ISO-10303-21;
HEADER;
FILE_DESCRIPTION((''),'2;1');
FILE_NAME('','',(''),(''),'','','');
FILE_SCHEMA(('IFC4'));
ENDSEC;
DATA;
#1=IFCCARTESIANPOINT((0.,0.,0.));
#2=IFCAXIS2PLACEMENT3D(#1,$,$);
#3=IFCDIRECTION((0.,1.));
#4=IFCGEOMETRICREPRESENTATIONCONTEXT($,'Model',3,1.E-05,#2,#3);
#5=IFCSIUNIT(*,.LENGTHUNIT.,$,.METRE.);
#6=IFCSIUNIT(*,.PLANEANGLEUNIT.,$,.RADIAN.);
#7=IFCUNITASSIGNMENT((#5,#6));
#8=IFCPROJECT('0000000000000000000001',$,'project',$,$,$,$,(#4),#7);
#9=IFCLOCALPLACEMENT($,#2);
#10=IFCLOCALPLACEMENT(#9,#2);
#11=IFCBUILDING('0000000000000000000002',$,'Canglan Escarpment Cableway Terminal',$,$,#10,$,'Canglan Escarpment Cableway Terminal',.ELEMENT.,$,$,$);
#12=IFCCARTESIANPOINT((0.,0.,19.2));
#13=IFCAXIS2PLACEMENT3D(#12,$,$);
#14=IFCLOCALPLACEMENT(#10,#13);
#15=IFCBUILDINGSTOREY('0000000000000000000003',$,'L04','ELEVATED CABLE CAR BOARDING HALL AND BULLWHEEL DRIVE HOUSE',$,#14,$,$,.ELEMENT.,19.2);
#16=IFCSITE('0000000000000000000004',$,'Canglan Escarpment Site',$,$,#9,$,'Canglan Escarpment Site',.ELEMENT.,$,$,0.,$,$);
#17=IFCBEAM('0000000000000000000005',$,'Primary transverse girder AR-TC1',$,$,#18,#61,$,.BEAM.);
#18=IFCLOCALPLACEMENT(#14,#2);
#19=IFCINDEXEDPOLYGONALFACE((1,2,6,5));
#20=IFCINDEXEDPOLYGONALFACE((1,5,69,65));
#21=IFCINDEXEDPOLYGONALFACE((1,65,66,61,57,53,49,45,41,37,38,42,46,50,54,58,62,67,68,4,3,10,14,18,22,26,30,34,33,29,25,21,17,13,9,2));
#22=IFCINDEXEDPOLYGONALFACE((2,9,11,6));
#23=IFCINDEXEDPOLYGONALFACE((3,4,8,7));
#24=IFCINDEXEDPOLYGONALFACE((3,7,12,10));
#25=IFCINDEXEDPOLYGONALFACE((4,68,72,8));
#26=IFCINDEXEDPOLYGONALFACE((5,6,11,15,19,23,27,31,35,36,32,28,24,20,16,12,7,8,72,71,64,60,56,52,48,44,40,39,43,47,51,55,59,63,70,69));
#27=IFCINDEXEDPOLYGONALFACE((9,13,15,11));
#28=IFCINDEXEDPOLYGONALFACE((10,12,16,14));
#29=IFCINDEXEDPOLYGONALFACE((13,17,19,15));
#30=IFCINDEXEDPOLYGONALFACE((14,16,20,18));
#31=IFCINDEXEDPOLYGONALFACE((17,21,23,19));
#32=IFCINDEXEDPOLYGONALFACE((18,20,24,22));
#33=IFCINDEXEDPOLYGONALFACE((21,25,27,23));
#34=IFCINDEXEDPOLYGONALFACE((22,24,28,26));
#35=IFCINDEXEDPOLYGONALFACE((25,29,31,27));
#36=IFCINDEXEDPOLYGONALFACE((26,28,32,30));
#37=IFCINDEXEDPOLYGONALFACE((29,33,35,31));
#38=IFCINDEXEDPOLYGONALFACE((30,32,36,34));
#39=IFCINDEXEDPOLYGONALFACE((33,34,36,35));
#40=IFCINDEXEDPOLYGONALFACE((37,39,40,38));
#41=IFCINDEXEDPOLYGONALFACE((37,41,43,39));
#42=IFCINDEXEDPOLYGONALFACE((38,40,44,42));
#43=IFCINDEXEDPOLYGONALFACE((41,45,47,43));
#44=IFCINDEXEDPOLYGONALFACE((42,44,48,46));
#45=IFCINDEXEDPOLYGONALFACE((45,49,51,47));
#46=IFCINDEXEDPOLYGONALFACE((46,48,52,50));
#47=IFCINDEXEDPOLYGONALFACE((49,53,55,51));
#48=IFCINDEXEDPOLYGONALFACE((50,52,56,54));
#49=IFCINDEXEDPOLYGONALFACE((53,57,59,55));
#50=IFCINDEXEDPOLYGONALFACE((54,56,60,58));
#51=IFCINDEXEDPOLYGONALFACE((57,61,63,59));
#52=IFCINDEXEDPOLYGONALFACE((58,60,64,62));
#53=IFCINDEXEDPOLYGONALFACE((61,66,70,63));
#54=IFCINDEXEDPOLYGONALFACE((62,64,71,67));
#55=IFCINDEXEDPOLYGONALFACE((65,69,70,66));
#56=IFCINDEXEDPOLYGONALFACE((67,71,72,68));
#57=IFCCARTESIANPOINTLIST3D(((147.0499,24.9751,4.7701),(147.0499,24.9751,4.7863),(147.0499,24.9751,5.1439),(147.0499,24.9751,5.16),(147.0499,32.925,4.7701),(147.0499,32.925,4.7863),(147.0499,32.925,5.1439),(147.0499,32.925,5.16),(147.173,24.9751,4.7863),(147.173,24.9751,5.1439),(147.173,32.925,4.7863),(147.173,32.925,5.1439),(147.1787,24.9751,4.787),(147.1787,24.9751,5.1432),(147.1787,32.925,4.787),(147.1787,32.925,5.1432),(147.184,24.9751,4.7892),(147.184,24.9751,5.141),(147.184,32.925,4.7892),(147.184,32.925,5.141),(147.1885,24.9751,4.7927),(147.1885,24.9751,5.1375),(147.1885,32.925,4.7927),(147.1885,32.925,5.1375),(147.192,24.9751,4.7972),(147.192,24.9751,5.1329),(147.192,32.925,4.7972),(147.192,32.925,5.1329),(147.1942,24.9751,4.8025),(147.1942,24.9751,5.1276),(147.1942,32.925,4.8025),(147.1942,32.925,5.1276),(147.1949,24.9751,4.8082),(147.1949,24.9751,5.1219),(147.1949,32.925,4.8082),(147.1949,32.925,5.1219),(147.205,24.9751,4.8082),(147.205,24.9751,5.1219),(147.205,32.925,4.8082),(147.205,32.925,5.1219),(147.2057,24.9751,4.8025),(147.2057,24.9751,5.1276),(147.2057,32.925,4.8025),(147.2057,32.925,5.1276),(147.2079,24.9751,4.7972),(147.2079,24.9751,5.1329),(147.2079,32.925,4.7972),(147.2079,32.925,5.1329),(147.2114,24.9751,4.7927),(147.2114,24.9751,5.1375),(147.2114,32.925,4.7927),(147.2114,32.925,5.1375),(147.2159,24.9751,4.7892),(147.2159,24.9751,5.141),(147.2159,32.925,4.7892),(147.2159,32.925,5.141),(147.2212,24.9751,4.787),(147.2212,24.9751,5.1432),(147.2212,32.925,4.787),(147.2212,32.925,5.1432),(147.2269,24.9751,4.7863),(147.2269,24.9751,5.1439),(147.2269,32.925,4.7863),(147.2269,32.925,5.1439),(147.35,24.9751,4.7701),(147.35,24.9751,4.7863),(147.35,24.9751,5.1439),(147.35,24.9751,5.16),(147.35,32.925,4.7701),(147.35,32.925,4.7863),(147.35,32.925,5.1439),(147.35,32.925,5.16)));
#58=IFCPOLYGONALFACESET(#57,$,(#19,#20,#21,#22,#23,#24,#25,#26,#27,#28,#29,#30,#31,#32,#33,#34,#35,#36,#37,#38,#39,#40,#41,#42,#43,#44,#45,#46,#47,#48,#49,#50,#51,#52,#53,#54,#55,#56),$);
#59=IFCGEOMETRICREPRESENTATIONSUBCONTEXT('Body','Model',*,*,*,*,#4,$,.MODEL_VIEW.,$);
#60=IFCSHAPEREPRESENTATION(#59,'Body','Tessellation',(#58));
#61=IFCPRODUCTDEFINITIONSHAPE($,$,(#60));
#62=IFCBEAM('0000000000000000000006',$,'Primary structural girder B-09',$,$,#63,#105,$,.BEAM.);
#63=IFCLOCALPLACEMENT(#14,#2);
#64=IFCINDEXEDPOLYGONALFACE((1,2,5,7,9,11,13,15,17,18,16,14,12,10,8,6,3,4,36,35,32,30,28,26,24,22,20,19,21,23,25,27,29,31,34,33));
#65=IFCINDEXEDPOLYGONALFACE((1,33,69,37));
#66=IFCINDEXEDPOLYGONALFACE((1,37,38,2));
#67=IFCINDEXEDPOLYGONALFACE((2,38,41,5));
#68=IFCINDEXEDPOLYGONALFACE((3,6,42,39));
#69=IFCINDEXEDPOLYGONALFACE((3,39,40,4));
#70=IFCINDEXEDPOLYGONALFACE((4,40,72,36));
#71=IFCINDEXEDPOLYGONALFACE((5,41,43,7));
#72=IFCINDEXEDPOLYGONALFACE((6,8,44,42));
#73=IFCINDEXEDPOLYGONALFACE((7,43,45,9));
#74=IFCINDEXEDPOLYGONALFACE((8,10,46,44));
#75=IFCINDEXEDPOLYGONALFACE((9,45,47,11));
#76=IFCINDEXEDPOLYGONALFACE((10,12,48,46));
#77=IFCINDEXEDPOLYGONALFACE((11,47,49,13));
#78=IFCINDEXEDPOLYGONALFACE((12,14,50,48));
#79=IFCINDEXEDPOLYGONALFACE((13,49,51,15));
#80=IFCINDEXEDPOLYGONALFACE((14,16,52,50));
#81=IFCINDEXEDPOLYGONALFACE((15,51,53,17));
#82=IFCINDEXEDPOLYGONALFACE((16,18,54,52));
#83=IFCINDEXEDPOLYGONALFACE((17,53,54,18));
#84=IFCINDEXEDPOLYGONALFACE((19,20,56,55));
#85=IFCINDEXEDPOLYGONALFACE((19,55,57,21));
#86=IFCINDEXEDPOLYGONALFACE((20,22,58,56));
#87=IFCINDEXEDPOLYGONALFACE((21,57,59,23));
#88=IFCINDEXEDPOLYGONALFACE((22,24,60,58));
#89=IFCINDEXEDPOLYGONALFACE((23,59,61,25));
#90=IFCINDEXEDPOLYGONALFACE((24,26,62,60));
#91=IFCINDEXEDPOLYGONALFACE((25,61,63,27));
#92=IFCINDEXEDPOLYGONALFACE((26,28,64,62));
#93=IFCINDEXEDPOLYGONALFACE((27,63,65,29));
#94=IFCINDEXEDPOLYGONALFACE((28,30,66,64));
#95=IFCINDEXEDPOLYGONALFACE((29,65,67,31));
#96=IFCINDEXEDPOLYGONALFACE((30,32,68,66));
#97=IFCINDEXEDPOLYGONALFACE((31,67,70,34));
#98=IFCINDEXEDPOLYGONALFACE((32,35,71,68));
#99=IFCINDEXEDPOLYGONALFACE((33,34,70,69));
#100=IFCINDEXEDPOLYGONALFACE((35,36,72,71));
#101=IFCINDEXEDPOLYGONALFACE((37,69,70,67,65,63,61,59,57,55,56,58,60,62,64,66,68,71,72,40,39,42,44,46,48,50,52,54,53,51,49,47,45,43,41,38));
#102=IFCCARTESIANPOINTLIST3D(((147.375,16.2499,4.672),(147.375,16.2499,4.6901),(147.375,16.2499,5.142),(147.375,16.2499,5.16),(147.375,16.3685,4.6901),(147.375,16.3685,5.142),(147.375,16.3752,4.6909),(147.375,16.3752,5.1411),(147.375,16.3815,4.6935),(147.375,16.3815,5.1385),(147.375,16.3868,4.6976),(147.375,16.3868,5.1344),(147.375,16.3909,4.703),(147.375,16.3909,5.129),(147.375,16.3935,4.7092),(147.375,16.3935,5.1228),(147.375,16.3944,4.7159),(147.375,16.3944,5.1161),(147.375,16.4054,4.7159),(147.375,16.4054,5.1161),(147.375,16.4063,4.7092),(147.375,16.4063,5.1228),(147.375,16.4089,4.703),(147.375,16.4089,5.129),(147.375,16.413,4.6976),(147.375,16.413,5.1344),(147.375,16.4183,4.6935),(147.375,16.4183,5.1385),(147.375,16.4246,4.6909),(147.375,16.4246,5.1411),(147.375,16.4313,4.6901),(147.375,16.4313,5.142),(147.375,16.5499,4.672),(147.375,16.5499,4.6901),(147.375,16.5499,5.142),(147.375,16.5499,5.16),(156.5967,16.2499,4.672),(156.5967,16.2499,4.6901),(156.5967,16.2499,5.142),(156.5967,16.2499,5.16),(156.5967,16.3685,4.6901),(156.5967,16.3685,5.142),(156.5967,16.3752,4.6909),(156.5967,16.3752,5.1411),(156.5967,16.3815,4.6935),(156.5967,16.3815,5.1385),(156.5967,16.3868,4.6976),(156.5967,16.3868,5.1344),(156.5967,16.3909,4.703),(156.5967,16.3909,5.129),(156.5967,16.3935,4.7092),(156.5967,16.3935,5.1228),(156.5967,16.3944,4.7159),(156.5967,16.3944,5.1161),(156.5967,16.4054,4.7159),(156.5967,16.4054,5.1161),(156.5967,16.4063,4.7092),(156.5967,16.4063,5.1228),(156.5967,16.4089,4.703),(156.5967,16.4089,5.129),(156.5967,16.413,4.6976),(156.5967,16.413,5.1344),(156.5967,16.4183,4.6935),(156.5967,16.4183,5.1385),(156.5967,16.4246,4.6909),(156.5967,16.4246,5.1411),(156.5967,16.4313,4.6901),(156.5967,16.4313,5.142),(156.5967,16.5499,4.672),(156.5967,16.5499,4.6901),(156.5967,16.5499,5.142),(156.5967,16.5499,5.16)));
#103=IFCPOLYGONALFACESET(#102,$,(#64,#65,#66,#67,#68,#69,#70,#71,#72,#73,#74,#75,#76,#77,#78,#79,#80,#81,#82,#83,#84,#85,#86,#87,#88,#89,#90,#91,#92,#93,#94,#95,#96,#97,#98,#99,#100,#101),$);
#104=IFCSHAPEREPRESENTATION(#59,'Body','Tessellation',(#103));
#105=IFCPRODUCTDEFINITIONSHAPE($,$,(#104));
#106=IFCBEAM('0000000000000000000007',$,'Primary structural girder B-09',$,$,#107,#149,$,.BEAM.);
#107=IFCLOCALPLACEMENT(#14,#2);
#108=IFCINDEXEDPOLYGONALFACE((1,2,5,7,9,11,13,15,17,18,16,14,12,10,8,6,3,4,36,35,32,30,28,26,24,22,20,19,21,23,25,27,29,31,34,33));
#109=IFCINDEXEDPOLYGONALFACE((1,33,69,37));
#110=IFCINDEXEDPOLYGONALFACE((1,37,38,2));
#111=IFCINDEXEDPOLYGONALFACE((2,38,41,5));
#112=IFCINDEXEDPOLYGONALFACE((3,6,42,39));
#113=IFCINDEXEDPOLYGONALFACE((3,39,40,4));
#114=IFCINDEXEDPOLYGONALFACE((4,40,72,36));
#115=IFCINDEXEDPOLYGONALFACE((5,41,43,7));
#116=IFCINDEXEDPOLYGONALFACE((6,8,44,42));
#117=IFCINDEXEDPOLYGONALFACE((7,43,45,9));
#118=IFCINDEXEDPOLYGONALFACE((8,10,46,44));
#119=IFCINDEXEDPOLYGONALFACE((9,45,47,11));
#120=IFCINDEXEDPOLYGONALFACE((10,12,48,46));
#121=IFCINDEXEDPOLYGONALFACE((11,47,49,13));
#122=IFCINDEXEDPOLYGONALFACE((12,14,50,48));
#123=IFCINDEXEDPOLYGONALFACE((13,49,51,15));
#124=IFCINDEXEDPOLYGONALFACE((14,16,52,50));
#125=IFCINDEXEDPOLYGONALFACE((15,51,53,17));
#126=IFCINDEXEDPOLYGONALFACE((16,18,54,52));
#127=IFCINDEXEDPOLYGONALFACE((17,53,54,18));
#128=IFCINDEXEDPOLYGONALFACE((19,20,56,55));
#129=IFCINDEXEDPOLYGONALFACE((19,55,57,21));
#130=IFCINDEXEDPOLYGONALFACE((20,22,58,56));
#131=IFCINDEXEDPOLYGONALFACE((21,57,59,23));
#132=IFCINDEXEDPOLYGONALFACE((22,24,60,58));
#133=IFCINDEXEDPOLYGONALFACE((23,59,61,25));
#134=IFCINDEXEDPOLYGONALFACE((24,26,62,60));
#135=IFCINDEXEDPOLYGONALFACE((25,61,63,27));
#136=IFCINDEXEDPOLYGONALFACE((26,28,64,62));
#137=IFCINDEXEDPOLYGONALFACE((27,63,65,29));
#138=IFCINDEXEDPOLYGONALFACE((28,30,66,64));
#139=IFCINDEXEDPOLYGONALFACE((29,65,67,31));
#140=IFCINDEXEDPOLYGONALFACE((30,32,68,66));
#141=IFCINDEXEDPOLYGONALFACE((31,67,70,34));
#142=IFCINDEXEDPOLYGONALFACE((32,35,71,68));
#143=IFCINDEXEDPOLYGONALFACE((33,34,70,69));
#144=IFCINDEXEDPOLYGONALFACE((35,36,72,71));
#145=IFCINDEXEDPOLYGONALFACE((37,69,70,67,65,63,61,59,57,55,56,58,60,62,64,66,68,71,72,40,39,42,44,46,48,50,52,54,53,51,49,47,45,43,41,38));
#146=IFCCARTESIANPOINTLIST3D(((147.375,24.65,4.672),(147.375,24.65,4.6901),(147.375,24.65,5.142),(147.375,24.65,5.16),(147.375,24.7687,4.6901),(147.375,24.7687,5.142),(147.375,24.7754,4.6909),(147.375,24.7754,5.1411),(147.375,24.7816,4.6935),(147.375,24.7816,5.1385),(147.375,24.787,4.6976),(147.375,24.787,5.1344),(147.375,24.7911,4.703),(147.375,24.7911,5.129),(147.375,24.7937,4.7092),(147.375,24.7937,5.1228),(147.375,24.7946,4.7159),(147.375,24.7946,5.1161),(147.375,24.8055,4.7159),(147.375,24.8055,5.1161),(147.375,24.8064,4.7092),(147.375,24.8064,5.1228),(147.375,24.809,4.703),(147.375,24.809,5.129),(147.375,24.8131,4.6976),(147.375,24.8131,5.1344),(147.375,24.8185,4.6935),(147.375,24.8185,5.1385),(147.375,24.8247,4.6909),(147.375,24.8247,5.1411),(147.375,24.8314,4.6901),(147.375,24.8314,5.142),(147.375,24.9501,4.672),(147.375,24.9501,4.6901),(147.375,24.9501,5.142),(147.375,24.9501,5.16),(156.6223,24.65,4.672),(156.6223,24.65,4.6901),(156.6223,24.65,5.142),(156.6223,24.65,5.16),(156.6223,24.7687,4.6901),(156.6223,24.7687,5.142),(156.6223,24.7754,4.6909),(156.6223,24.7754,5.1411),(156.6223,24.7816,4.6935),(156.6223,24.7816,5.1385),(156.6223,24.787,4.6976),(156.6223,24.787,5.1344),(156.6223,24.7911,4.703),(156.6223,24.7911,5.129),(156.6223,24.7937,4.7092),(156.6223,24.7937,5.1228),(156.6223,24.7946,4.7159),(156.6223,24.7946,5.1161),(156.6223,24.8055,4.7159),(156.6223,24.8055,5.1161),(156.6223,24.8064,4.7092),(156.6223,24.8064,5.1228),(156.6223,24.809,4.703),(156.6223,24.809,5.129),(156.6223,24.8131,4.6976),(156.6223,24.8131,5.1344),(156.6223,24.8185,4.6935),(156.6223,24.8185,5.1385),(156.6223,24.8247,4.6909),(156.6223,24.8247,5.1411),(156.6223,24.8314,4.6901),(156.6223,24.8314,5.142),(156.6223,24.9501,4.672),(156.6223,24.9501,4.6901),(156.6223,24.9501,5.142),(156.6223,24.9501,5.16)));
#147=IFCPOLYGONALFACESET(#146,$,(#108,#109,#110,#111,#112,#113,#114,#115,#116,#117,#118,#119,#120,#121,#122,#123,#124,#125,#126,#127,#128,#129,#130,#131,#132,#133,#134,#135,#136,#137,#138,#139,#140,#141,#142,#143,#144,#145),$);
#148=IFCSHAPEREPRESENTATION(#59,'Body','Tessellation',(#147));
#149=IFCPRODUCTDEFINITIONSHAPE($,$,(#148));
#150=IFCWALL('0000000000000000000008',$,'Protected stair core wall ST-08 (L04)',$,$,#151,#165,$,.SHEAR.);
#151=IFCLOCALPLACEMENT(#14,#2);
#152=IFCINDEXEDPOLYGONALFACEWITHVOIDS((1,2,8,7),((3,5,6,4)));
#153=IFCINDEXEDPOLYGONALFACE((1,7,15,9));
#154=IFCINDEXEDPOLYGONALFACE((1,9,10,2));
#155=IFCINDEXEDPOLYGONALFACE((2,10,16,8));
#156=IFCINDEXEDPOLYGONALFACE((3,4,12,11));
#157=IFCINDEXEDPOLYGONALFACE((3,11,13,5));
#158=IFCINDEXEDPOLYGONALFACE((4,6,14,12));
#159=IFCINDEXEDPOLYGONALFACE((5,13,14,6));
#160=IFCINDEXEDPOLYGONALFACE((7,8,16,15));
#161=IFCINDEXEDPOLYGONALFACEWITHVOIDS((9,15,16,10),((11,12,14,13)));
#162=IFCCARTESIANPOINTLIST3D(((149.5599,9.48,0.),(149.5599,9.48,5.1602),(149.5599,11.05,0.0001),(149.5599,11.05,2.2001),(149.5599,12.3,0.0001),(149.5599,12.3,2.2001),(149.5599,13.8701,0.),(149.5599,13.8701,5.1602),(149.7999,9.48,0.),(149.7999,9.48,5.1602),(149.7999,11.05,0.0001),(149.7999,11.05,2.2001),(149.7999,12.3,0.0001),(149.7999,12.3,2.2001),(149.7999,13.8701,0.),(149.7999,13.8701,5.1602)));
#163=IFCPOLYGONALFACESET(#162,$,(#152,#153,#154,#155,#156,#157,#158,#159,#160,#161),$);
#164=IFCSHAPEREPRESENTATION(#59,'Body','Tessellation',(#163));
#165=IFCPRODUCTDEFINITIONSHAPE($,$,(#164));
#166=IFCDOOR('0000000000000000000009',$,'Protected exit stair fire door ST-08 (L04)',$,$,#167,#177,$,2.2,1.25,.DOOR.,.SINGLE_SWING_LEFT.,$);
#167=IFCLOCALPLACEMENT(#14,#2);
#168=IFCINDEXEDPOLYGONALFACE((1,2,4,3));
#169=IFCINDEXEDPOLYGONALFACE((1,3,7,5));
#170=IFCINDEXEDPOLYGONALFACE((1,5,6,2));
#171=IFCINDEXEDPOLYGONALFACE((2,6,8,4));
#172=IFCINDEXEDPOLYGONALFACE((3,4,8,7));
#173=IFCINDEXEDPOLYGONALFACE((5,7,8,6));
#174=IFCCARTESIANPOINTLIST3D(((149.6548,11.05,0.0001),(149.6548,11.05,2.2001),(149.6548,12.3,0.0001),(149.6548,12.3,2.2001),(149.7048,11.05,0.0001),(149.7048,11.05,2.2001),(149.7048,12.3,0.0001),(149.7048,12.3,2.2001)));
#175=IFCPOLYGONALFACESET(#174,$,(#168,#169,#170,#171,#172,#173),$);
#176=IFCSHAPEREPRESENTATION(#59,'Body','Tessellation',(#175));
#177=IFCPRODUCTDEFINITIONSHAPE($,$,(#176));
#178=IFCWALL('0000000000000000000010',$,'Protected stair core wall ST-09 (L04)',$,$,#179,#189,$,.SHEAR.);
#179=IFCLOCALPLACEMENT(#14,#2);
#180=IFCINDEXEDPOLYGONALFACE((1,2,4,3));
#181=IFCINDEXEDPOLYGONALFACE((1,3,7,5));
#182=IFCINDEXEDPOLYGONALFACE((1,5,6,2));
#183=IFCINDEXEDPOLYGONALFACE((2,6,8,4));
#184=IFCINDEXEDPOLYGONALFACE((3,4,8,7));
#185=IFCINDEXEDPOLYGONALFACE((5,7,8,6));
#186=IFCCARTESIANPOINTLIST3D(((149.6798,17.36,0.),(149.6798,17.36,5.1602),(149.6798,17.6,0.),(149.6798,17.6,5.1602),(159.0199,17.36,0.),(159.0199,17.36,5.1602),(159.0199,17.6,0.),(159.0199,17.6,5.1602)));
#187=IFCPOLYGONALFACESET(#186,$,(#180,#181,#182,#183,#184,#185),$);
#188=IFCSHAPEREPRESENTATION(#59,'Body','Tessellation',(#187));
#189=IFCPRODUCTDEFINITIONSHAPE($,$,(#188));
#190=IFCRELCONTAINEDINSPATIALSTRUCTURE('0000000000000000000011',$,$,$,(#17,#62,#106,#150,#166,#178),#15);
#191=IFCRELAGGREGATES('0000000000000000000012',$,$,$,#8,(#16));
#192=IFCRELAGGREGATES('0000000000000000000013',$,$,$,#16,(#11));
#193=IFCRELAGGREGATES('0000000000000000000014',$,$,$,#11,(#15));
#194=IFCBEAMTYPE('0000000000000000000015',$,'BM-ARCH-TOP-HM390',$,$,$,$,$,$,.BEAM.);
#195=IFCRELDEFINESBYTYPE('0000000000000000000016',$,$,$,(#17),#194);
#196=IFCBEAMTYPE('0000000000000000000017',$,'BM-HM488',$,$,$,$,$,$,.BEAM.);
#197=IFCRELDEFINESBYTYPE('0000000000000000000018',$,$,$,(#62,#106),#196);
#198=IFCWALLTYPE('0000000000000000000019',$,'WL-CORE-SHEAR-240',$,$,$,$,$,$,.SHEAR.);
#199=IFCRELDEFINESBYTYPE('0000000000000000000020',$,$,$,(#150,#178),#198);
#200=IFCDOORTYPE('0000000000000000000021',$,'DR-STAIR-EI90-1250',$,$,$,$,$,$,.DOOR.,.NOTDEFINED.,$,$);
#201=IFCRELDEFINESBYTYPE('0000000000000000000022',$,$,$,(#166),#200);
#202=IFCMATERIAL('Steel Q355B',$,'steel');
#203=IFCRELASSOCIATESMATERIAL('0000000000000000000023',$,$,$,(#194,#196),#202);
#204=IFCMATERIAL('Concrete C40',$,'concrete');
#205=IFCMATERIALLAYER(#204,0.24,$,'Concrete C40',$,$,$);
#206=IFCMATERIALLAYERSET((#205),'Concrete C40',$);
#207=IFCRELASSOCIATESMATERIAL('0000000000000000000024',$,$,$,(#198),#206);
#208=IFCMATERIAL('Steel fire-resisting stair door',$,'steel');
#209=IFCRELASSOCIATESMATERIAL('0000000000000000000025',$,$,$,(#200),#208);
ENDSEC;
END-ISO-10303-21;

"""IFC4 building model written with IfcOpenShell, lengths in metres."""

from ifc_helpers import new_model, si_unit, direction, frame, frame_2d, origin, origin_2d, place, context, subcontext, project, spatial, rectangle, i_section, extrude, material, layer, layer_set, material_profile, profile_set, type_object, element, fill, save


model = new_model("IFC4")

# Units and contexts
model_context = context("Model", 3, precision=1e-05, world=origin(), true_north=direction((0.0, 1.0)))
body_context = subcontext(model_context, "Body", "Model", "MODEL_VIEW")
ifc_project = project(units=[si_unit("LENGTHUNIT", "METRE"), si_unit("PLANEANGLEUNIT", "RADIAN")], contexts=[model_context])

# Site, building, storey
site_placement = place(None, origin())
site = spatial("IfcSite", under=ifc_project, at=site_placement, Name="Canglan Escarpment Site", LongName="Canglan Escarpment Site", CompositionType="ELEMENT", RefElevation=0.0)
building_placement = place(site_placement, origin())
building = spatial("IfcBuilding", under=site, at=building_placement, Name="Canglan Escarpment Cableway Terminal", LongName="Canglan Escarpment Cableway Terminal", CompositionType="ELEMENT")
storey_placement = place(building_placement, frame((0.0, 0.0, 19.2)))
storey = spatial("IfcBuildingStorey", under=building, at=storey_placement, Name="L04", Description="ELEVATED CABLE CAR BOARDING HALL AND BULLWHEEL DRIVE HOUSE", CompositionType="ELEMENT", Elevation=19.2)

# Beams
ifc_material_1 = material(Name="Steel Q355B", Category="steel")
ifc_material_profile_1 = material_profile(ifc_material_1, i_section(OverallWidth=0.3, OverallDepth=0.3899, WebThickness=0.01, FlangeThickness=0.0161, FilletRadius=0.022, at=origin_2d()), Name="HM 390x300x10x16")
ifc_profile_set_1 = profile_set([ifc_material_profile_1], Name="Steel Q355B")
beam_type_1 = type_object("IfcBeamType", Name="BM-ARCH-TOP-HM390", PredefinedType="BEAM", material=ifc_profile_set_1)
beam_1_placement = place(storey_placement, frame((147.2, 24.9751, 4.9651), z_axis=(0.0, 1.0, 0.0), x_axis=(-1.0, 0.0, 0.0)))
element("IfcBeam", 1, at=beam_1_placement, inside=storey, type_object=beam_type_1, Name="Primary transverse girder AR-TC1", PredefinedType="BEAM", context=body_context, shape_type="SweptSolid", body=[
    extrude(i_section(OverallWidth=0.3, OverallDepth=0.3899, WebThickness=0.01, FlangeThickness=0.0161, FilletRadius=0.022, at=origin_2d()), origin(), (0.0, 0.0, 1.0), 7.95),
])
ifc_material_profile_2 = material_profile(ifc_material_1, i_section(OverallWidth=0.3, OverallDepth=0.488, WebThickness=0.011, FlangeThickness=0.0181, FilletRadius=0.0259, at=origin_2d()), Name="HM 488x300x11x18")
ifc_profile_set_2 = profile_set([ifc_material_profile_2], Name="Steel Q355B")
beam_type_2 = type_object("IfcBeamType", Name="BM-HM488", PredefinedType="BEAM", material=ifc_profile_set_2)
beam_2_placement = place(storey_placement, frame((147.375, 16.3999, 4.916), z_axis=(1.0, 0.0, 0.0), x_axis=(0.0, 1.0, 0.0)))
element("IfcBeam", 2, at=beam_2_placement, inside=storey, type_object=beam_type_2, Name="Primary structural girder B-09", PredefinedType="BEAM", context=body_context, shape_type="SweptSolid", body=[
    extrude(i_section(OverallWidth=0.3, OverallDepth=0.488, WebThickness=0.011, FlangeThickness=0.0181, FilletRadius=0.0259, at=origin_2d()), origin(), (0.0, 0.0, 1.0), 9.2217),
])
beam_3_placement = place(storey_placement, frame((147.375, 24.8, 4.916), z_axis=(1.0, 0.0, 0.0), x_axis=(0.0, 1.0, 0.0)))
element("IfcBeam", 3, at=beam_3_placement, inside=storey, type_object=beam_type_2, Name="Primary structural girder B-09", PredefinedType="BEAM", context=body_context, shape_type="SweptSolid", body=[
    extrude(i_section(OverallWidth=0.3, OverallDepth=0.488, WebThickness=0.011, FlangeThickness=0.0181, FilletRadius=0.0259, at=origin_2d()), origin(), (0.0, 0.0, 1.0), 9.2473),
])

# Wall, opening, door
ifc_material_2 = material(Name="Concrete C40", Category="concrete")
ifc_layer_1 = layer(ifc_material_2, 0.24, Name="Concrete C40")
ifc_layer_set_1 = layer_set([ifc_layer_1], Name="Concrete C40")
wall_type_1 = type_object("IfcWallType", Name="WL-CORE-SHEAR-240", PredefinedType="SHEAR", material=ifc_layer_set_1)
wall_1_placement = place(storey_placement, frame((149.6799, 13.8701, 0.0), z_axis=(0.0, 0.0, 1.0), x_axis=(0.0, -1.0, 0.0)))
wall_1 = element("IfcWall", 4, at=wall_1_placement, inside=storey, type_object=wall_type_1, Name="Protected stair core wall ST-08 (L04)", PredefinedType="SHEAR", context=body_context, shape_type="SweptSolid", body=[
    extrude(rectangle(XDim=4.3901, YDim=0.24, at=frame_2d((2.1951, 0.0))), origin(), (0.0, 0.0, 1.0), 5.1602),
])
opening_1_placement = place(wall_1_placement, frame((1.5701, 0.0, 0.0)))
opening_1 = element("IfcOpeningElement", 5, at=opening_1_placement, cuts=wall_1, PredefinedType="OPENING", context=body_context, shape_type="SweptSolid", body=[
    extrude(rectangle(XDim=1.25, YDim=2.2, at=frame_2d((0.625, 1.1001))), frame((0.0, 0.1299, 0.0), z_axis=(0.0, -1.0, 0.0), x_axis=(1.0, 0.0, 0.0)), (0.0, 0.0, 1.0), 0.26),
])
ifc_material_3 = material(Name="Steel fire-resisting stair door", Category="steel")
door_type = type_object("IfcDoorType", Name="DR-STAIR-EI90-1250", OperationType="NOTDEFINED", PredefinedType="DOOR", material=ifc_material_3)
door_1_placement = place(opening_1_placement, origin())
door_1 = element("IfcDoor", 6, at=door_1_placement, inside=storey, type_object=door_type, Name="Protected exit stair fire door ST-08 (L04)", OperationType="SINGLE_SWING_LEFT", OverallHeight=2.2, OverallWidth=1.25, PredefinedType="DOOR", context=body_context, shape_type="SweptSolid", body=[
    extrude(rectangle(XDim=1.25, YDim=2.2, at=frame_2d((0.625, 1.1001))), frame((0.0, 0.0249, 0.0), z_axis=(0.0, -1.0, 0.0), x_axis=(1.0, 0.0, 0.0)), (0.0, 0.0, 1.0), 0.05),
])
fill(opening_1, door_1)

# Wall
wall_2_placement = place(storey_placement, frame((149.6799, 17.48, 0.0), z_axis=(0.0, 0.0, 1.0), x_axis=(1.0, 0.0, 0.0)))
element("IfcWall", 7, at=wall_2_placement, inside=storey, type_object=wall_type_1, Name="Protected stair core wall ST-09 (L04)", PredefinedType="SHEAR", context=body_context, shape_type="SweptSolid", body=[
    extrude(rectangle(XDim=9.3401, YDim=0.24, at=frame_2d((4.6699, 0.0))), origin(), (0.0, 0.0, 1.0), 5.1602),
])

save(model, "model.ifc")
